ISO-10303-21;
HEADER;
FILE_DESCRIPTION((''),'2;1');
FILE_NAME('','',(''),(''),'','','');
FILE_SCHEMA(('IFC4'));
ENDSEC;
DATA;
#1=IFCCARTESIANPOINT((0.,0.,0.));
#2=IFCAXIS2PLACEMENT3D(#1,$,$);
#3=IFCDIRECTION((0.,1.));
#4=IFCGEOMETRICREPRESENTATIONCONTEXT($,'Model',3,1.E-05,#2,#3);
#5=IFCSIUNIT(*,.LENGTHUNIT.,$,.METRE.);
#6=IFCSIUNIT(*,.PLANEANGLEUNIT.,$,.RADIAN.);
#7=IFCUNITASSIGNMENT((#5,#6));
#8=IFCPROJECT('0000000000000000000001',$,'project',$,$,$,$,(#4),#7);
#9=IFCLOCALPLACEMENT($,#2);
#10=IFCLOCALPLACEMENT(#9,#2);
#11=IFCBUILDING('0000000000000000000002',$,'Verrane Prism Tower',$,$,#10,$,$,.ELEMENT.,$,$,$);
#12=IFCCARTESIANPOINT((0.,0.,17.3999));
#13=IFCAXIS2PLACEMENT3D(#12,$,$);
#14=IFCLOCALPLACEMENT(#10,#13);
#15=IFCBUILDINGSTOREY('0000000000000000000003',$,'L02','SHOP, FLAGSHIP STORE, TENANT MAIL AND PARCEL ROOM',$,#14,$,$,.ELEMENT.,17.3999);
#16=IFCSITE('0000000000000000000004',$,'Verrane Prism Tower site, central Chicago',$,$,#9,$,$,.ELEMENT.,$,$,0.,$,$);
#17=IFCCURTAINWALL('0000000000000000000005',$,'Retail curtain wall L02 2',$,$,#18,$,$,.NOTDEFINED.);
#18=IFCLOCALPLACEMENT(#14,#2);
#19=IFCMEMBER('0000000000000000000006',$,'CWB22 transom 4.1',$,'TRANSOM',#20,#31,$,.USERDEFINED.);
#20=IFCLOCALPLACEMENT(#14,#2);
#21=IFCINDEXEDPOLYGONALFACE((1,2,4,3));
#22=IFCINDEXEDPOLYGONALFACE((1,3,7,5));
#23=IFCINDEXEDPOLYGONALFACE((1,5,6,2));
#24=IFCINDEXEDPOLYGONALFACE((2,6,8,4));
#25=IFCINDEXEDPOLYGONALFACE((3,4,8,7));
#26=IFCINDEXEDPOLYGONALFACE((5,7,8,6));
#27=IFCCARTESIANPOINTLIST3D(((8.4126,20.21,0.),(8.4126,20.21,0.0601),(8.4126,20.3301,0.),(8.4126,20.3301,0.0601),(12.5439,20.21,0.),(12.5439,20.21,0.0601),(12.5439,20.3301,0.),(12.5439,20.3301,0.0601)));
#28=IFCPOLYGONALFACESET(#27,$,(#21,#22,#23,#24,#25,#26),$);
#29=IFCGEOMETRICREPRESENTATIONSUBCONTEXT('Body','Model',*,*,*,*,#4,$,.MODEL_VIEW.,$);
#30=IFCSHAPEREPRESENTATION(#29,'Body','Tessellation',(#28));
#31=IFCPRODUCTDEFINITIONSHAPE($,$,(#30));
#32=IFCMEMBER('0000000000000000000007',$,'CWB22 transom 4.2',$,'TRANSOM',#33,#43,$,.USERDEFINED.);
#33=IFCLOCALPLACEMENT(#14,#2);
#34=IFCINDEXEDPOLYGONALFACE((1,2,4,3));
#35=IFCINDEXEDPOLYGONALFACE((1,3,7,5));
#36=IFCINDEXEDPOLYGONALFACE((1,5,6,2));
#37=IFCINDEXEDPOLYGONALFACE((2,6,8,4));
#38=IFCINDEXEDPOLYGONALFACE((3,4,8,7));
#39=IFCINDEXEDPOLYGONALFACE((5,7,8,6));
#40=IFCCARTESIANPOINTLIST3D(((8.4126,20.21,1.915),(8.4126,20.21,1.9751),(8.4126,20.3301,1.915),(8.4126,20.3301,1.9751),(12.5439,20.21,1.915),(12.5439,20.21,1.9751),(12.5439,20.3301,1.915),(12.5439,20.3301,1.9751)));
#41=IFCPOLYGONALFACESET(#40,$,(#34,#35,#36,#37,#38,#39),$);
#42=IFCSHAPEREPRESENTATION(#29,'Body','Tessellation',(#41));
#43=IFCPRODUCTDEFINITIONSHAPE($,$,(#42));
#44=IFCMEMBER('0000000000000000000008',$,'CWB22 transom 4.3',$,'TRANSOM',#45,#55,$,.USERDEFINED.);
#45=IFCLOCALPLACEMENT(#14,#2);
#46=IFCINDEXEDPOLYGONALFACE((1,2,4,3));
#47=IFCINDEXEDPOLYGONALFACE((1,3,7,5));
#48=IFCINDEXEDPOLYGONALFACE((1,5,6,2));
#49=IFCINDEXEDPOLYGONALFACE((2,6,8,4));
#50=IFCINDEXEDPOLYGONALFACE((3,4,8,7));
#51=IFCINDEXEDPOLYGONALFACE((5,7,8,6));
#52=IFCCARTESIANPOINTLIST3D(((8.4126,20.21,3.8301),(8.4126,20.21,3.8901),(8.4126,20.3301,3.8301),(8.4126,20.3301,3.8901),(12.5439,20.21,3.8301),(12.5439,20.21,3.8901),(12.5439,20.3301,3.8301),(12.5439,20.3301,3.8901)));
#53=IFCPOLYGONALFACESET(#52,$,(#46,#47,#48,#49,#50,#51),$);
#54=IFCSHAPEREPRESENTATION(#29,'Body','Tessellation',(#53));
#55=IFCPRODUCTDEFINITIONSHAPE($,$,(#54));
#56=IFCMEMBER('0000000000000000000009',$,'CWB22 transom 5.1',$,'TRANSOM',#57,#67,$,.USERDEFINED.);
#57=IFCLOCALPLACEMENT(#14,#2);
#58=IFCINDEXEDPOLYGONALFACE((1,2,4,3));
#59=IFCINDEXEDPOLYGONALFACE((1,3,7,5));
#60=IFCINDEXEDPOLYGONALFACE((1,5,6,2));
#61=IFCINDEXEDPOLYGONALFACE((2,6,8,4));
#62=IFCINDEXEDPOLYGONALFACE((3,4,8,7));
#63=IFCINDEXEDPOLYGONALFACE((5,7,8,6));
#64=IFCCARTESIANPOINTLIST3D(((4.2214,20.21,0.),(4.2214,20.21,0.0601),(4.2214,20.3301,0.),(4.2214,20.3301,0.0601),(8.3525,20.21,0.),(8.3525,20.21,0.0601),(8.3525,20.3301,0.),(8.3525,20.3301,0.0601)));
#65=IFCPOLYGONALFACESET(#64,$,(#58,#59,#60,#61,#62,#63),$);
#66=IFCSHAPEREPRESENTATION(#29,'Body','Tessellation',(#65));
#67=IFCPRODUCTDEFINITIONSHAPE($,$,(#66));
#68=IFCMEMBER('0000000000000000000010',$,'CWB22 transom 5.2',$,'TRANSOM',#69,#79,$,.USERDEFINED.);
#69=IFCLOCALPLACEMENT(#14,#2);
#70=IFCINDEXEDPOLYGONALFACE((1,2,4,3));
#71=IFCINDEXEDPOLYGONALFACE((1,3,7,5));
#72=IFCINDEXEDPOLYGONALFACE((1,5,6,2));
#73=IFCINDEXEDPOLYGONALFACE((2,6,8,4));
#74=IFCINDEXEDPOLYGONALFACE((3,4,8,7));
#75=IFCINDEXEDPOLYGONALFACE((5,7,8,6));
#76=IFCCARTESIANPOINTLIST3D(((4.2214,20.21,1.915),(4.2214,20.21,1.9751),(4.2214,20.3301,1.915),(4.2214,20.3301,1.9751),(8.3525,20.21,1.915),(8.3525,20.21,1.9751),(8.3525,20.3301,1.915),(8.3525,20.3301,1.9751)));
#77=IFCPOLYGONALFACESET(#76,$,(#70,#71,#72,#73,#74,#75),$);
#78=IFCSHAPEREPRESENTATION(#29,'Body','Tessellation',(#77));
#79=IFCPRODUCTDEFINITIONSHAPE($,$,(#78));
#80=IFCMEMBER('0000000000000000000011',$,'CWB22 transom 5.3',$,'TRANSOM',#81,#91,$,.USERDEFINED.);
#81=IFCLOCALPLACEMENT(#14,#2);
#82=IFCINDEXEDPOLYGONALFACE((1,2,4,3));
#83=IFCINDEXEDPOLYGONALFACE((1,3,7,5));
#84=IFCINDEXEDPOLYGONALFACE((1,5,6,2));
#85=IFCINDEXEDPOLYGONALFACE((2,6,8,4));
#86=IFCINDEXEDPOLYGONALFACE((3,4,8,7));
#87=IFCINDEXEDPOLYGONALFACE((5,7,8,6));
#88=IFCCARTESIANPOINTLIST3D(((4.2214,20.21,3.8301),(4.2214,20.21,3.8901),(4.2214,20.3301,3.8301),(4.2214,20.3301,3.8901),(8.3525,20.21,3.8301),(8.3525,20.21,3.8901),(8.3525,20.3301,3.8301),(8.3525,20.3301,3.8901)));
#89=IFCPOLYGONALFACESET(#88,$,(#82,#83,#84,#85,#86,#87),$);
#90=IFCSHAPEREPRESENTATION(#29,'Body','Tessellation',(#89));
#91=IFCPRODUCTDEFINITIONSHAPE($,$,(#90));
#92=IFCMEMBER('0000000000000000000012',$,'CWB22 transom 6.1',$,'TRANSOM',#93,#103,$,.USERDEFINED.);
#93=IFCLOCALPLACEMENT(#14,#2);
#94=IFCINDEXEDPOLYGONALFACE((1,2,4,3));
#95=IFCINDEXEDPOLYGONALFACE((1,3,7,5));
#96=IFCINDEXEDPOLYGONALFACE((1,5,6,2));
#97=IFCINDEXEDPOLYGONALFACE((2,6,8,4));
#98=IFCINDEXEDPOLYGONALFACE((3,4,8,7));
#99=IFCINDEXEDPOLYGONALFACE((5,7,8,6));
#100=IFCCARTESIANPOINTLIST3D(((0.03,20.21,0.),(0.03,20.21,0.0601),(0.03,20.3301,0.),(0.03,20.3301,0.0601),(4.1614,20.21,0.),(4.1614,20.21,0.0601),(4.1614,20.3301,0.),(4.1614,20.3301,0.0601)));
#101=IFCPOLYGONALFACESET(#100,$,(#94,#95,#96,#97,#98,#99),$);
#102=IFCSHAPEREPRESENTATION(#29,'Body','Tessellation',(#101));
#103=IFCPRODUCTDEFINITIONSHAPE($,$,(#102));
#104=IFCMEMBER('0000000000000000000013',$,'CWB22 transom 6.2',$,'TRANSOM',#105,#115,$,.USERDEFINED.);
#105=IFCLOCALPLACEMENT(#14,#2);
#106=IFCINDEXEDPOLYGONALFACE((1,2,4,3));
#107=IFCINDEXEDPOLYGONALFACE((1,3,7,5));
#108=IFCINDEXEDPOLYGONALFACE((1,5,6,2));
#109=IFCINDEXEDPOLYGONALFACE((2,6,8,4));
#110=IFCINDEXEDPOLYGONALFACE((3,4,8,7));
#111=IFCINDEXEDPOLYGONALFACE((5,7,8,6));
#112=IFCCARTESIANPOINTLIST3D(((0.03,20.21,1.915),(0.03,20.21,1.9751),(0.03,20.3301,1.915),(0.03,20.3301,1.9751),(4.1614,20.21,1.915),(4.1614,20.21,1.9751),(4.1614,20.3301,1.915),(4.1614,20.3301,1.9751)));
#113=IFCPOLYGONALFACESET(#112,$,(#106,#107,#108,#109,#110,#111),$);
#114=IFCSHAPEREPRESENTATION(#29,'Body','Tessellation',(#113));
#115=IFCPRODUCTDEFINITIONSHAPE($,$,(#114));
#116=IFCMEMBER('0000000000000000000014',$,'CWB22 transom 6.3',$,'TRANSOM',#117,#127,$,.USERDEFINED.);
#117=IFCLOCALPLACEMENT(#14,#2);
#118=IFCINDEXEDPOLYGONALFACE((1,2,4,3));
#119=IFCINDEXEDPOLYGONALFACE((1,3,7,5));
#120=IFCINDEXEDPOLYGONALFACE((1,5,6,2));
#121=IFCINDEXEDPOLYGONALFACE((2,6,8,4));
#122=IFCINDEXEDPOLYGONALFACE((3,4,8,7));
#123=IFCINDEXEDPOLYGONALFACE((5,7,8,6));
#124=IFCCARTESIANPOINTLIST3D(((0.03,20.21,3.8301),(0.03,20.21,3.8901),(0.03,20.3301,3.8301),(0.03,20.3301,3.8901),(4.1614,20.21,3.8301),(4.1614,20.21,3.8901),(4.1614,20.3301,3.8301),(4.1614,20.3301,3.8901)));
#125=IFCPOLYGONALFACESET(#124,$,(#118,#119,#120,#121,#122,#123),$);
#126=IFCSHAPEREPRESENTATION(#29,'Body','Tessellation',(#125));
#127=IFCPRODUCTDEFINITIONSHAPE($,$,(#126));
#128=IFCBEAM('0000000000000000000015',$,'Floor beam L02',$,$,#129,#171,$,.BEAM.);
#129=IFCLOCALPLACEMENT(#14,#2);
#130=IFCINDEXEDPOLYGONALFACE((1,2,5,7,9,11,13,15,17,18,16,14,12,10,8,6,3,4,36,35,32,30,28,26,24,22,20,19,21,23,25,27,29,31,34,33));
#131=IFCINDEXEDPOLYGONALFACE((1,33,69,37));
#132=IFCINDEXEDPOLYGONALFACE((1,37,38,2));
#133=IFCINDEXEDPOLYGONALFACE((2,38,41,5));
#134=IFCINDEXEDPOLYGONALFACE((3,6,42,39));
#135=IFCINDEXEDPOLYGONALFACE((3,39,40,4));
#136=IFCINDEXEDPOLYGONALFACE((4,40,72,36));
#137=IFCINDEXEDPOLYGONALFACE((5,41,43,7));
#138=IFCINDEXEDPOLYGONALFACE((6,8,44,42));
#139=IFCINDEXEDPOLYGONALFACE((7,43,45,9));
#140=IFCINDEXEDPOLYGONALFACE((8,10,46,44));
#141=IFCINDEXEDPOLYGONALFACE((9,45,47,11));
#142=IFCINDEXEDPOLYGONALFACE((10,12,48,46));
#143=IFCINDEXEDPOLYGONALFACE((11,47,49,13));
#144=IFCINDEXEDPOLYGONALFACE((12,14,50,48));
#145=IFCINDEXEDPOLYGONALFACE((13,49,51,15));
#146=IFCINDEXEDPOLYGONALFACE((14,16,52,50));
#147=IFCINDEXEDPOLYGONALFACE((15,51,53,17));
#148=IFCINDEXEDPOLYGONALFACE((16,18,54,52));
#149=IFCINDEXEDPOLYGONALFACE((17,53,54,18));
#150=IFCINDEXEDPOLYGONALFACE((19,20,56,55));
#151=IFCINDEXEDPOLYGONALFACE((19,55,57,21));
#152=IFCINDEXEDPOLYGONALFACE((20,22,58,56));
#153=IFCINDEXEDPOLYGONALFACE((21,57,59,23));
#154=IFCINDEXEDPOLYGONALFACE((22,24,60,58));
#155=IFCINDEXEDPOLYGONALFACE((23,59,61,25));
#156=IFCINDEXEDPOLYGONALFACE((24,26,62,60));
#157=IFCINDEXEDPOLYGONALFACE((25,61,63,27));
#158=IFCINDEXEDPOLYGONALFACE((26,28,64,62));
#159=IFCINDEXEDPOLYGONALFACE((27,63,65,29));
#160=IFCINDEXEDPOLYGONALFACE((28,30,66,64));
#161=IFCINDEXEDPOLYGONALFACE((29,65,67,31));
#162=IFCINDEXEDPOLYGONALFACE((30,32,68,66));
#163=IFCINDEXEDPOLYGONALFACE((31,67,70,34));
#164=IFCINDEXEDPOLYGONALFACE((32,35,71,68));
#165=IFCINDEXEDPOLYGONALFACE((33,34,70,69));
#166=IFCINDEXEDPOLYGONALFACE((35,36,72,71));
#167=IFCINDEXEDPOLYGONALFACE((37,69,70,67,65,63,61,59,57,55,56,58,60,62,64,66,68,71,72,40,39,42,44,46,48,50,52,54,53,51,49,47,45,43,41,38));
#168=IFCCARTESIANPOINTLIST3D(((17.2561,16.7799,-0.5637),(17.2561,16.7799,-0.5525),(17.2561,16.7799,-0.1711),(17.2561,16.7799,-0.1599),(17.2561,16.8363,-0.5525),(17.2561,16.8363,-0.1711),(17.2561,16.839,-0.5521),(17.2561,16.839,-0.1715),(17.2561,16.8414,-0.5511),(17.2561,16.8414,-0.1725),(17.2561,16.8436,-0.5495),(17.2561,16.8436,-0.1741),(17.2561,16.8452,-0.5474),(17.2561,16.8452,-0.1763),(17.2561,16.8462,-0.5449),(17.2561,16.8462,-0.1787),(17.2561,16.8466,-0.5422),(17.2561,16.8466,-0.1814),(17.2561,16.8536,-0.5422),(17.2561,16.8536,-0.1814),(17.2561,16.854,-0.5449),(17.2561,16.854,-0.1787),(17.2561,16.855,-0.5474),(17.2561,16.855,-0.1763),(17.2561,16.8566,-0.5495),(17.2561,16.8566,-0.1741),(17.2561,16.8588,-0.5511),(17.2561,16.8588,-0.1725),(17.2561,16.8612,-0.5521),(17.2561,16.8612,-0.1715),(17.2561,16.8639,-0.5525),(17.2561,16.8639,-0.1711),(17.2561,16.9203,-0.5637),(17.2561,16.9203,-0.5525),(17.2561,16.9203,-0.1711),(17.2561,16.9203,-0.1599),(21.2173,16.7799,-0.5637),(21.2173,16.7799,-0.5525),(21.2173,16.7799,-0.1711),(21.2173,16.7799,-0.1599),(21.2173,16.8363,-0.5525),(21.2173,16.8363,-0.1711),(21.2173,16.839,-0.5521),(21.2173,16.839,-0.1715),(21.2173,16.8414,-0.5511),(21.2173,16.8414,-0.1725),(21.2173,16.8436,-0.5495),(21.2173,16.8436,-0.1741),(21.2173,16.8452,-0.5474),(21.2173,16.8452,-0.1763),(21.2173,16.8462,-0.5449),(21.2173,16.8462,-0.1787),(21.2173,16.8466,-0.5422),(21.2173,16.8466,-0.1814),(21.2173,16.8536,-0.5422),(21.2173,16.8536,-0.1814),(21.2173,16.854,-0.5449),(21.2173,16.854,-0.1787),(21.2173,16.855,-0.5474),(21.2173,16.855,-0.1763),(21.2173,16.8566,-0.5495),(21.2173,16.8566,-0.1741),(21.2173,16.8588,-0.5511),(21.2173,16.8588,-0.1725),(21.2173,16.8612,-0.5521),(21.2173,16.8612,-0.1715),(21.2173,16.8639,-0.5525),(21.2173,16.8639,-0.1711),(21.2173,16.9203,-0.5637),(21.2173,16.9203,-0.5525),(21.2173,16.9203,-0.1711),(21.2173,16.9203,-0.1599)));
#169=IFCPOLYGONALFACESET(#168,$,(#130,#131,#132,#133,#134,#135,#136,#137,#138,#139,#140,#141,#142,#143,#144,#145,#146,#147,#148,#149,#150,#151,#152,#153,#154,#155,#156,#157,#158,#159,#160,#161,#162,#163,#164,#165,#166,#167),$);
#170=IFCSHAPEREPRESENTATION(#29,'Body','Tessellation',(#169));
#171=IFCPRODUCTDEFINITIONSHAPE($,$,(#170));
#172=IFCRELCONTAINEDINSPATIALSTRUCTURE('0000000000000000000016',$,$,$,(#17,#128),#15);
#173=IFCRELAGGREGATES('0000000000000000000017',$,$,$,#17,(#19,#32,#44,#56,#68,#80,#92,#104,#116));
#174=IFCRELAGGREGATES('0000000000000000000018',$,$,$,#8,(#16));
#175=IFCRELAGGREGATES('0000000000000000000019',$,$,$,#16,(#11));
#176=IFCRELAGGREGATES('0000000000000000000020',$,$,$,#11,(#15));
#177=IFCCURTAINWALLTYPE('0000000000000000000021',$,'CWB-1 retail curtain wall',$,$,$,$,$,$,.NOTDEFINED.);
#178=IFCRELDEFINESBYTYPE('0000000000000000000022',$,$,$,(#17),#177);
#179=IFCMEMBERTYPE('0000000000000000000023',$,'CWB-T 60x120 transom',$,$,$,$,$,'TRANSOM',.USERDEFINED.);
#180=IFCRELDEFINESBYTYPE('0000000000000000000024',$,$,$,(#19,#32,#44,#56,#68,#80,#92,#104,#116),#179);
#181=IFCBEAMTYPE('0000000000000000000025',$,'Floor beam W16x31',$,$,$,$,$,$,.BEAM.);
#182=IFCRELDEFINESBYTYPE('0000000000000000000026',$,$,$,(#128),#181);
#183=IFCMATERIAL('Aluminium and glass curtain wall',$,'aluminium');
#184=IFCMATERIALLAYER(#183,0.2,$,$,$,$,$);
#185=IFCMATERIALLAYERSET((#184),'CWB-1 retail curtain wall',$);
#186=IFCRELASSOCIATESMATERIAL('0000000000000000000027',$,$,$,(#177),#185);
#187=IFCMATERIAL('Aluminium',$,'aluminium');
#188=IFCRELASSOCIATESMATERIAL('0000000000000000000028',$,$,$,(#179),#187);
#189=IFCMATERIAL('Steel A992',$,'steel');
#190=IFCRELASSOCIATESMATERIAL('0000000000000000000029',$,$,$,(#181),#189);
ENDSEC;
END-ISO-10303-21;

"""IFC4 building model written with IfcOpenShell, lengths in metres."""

from ifc_helpers import new_model, si_unit, direction, frame, origin, origin_2d, place, context, subcontext, project, spatial, rectangle, i_section, extrude, material, layer, layer_set, material_profile, profile_set, type_object, element, aggregate, save


model = new_model("IFC4")

# Units and contexts
model_context = context("Model", 3, precision=1e-05, world=origin(), true_north=direction((0.0, 1.0)))
body_context = subcontext(model_context, "Body", "Model", "MODEL_VIEW")
ifc_project = project(units=[si_unit("LENGTHUNIT", "METRE"), si_unit("PLANEANGLEUNIT", "RADIAN")], contexts=[model_context])

# Site, building, storey
site_placement = place(None, origin())
site = spatial("IfcSite", under=ifc_project, at=site_placement, Name="Verrane Prism Tower site, central Chicago", CompositionType="ELEMENT", RefElevation=0.0)
building_placement = place(site_placement, origin())
building = spatial("IfcBuilding", under=site, at=building_placement, Name="Verrane Prism Tower", CompositionType="ELEMENT")
storey_placement = place(building_placement, frame((0.0, 0.0, 17.3999)))
storey = spatial("IfcBuildingStorey", under=building, at=storey_placement, Name="L02", Description="SHOP, FLAGSHIP STORE, TENANT MAIL AND PARCEL ROOM", CompositionType="ELEMENT", Elevation=17.3999)

# Curtain wall, members
ifc_material_1 = material(Name="Aluminium and glass curtain wall", Category="aluminium")
ifc_layer_1 = layer(ifc_material_1, 0.2)
ifc_layer_set_1 = layer_set([ifc_layer_1], Name="CWB-1 retail curtain wall")
curtain_wall_type = type_object("IfcCurtainWallType", Name="CWB-1 retail curtain wall", PredefinedType="NOTDEFINED", material=ifc_layer_set_1)
curtain_wall_placement = place(storey_placement, origin())
curtain_wall = element("IfcCurtainWall", 1, at=curtain_wall_placement, inside=storey, type_object=curtain_wall_type, Name="Retail curtain wall L02 2", PredefinedType="NOTDEFINED")
ifc_material_2 = material(Name="Aluminium", Category="aluminium")
ifc_material_profile_1 = material_profile(ifc_material_2, rectangle(XDim=0.1201, YDim=0.0601, at=origin_2d()), Name="CWB-T 60x120 transom")
ifc_profile_set_1 = profile_set([ifc_material_profile_1], Name="Aluminium")
member_type_1 = type_object("IfcMemberType", Name="CWB-T 60x120 transom", ElementType="TRANSOM", PredefinedType="USERDEFINED", material=ifc_profile_set_1)
member_1_placement = place(storey_placement, frame((12.5439, 20.27, 0.03), z_axis=(-1.0, 0.0, 0.0), x_axis=(0.0, -1.0, 0.0)))
member_1 = element("IfcMember", 2, at=member_1_placement, type_object=member_type_1, Name="CWB22 transom 4.1", ObjectType="TRANSOM", PredefinedType="USERDEFINED", context=body_context, shape_type="SweptSolid", body=[
    extrude(rectangle(XDim=0.1201, YDim=0.0601, at=origin_2d()), origin(), (0.0, 0.0, 1.0), 4.1313),
])
member_2_placement = place(storey_placement, frame((12.5439, 20.27, 1.9451), z_axis=(-1.0, 0.0, 0.0), x_axis=(0.0, -1.0, 0.0)))
member_2 = element("IfcMember", 3, at=member_2_placement, type_object=member_type_1, Name="CWB22 transom 4.2", ObjectType="TRANSOM", PredefinedType="USERDEFINED", context=body_context, shape_type="SweptSolid", body=[
    extrude(rectangle(XDim=0.1201, YDim=0.0601, at=origin_2d()), origin(), (0.0, 0.0, 1.0), 4.1313),
])
member_3_placement = place(storey_placement, frame((12.5439, 20.27, 3.8601), z_axis=(-1.0, 0.0, 0.0), x_axis=(0.0, -1.0, 0.0)))
member_3 = element("IfcMember", 4, at=member_3_placement, type_object=member_type_1, Name="CWB22 transom 4.3", ObjectType="TRANSOM", PredefinedType="USERDEFINED", context=body_context, shape_type="SweptSolid", body=[
    extrude(rectangle(XDim=0.1201, YDim=0.0601, at=origin_2d()), origin(), (0.0, 0.0, 1.0), 4.1313),
])
member_4_placement = place(storey_placement, frame((8.3525, 20.27, 0.03), z_axis=(-1.0, 0.0, 0.0), x_axis=(0.0, -1.0, 0.0)))
member_4 = element("IfcMember", 5, at=member_4_placement, type_object=member_type_1, Name="CWB22 transom 5.1", ObjectType="TRANSOM", PredefinedType="USERDEFINED", context=body_context, shape_type="SweptSolid", body=[
    extrude(rectangle(XDim=0.1201, YDim=0.0601, at=origin_2d()), origin(), (0.0, 0.0, 1.0), 4.1311),
])
member_5_placement = place(storey_placement, frame((8.3525, 20.27, 1.9451), z_axis=(-1.0, 0.0, 0.0), x_axis=(0.0, -1.0, 0.0)))
member_5 = element("IfcMember", 6, at=member_5_placement, type_object=member_type_1, Name="CWB22 transom 5.2", ObjectType="TRANSOM", PredefinedType="USERDEFINED", context=body_context, shape_type="SweptSolid", body=[
    extrude(rectangle(XDim=0.1201, YDim=0.0601, at=origin_2d()), origin(), (0.0, 0.0, 1.0), 4.1311),
])
member_6_placement = place(storey_placement, frame((8.3525, 20.27, 3.8601), z_axis=(-1.0, 0.0, 0.0), x_axis=(0.0, -1.0, 0.0)))
member_6 = element("IfcMember", 7, at=member_6_placement, type_object=member_type_1, Name="CWB22 transom 5.3", ObjectType="TRANSOM", PredefinedType="USERDEFINED", context=body_context, shape_type="SweptSolid", body=[
    extrude(rectangle(XDim=0.1201, YDim=0.0601, at=origin_2d()), origin(), (0.0, 0.0, 1.0), 4.1311),
])
member_7_placement = place(storey_placement, frame((4.1614, 20.27, 0.03), z_axis=(-1.0, 0.0, 0.0), x_axis=(0.0, -1.0, 0.0)))
member_7 = element("IfcMember", 8, at=member_7_placement, type_object=member_type_1, Name="CWB22 transom 6.1", ObjectType="TRANSOM", PredefinedType="USERDEFINED", context=body_context, shape_type="SweptSolid", body=[
    extrude(rectangle(XDim=0.1201, YDim=0.0601, at=origin_2d()), origin(), (0.0, 0.0, 1.0), 4.1313),
])
member_8_placement = place(storey_placement, frame((4.1614, 20.27, 1.9451), z_axis=(-1.0, 0.0, 0.0), x_axis=(0.0, -1.0, 0.0)))
member_8 = element("IfcMember", 9, at=member_8_placement, type_object=member_type_1, Name="CWB22 transom 6.2", ObjectType="TRANSOM", PredefinedType="USERDEFINED", context=body_context, shape_type="SweptSolid", body=[
    extrude(rectangle(XDim=0.1201, YDim=0.0601, at=origin_2d()), origin(), (0.0, 0.0, 1.0), 4.1313),
])
member_9_placement = place(storey_placement, frame((4.1614, 20.27, 3.8601), z_axis=(-1.0, 0.0, 0.0), x_axis=(0.0, -1.0, 0.0)))
member_9 = element("IfcMember", 10, at=member_9_placement, type_object=member_type_1, Name="CWB22 transom 6.3", ObjectType="TRANSOM", PredefinedType="USERDEFINED", context=body_context, shape_type="SweptSolid", body=[
    extrude(rectangle(XDim=0.1201, YDim=0.0601, at=origin_2d()), origin(), (0.0, 0.0, 1.0), 4.1313),
])

# Beam
ifc_material_3 = material(Name="Steel A992", Category="steel")
ifc_material_profile_2 = material_profile(ifc_material_3, i_section(OverallWidth=0.1404, OverallDepth=0.4038, WebThickness=0.0071, FlangeThickness=0.0112, FilletRadius=0.0103, at=origin_2d()), Name="W16x31")
ifc_profile_set_2 = profile_set([ifc_material_profile_2], Name="Steel A992")
beam_type_1 = type_object("IfcBeamType", Name="Floor beam W16x31", PredefinedType="BEAM", material=ifc_profile_set_2)
beam_1_placement = place(storey_placement, frame((17.2561, 16.8501, -0.3618), z_axis=(1.0, 0.0, 0.0), x_axis=(0.0, 1.0, 0.0)))
element("IfcBeam", 11, at=beam_1_placement, inside=storey, type_object=beam_type_1, Name="Floor beam L02", PredefinedType="BEAM", context=body_context, shape_type="SweptSolid", body=[
    extrude(i_section(OverallWidth=0.1404, OverallDepth=0.4038, WebThickness=0.0071, FlangeThickness=0.0112, FilletRadius=0.0103, at=origin_2d()), origin(), (0.0, 0.0, 1.0), 3.9612),
])

aggregate(curtain_wall, [member_1, member_2, member_3, member_4, member_5, member_6, member_7, member_8, member_9])

save(model, "model.ifc")
